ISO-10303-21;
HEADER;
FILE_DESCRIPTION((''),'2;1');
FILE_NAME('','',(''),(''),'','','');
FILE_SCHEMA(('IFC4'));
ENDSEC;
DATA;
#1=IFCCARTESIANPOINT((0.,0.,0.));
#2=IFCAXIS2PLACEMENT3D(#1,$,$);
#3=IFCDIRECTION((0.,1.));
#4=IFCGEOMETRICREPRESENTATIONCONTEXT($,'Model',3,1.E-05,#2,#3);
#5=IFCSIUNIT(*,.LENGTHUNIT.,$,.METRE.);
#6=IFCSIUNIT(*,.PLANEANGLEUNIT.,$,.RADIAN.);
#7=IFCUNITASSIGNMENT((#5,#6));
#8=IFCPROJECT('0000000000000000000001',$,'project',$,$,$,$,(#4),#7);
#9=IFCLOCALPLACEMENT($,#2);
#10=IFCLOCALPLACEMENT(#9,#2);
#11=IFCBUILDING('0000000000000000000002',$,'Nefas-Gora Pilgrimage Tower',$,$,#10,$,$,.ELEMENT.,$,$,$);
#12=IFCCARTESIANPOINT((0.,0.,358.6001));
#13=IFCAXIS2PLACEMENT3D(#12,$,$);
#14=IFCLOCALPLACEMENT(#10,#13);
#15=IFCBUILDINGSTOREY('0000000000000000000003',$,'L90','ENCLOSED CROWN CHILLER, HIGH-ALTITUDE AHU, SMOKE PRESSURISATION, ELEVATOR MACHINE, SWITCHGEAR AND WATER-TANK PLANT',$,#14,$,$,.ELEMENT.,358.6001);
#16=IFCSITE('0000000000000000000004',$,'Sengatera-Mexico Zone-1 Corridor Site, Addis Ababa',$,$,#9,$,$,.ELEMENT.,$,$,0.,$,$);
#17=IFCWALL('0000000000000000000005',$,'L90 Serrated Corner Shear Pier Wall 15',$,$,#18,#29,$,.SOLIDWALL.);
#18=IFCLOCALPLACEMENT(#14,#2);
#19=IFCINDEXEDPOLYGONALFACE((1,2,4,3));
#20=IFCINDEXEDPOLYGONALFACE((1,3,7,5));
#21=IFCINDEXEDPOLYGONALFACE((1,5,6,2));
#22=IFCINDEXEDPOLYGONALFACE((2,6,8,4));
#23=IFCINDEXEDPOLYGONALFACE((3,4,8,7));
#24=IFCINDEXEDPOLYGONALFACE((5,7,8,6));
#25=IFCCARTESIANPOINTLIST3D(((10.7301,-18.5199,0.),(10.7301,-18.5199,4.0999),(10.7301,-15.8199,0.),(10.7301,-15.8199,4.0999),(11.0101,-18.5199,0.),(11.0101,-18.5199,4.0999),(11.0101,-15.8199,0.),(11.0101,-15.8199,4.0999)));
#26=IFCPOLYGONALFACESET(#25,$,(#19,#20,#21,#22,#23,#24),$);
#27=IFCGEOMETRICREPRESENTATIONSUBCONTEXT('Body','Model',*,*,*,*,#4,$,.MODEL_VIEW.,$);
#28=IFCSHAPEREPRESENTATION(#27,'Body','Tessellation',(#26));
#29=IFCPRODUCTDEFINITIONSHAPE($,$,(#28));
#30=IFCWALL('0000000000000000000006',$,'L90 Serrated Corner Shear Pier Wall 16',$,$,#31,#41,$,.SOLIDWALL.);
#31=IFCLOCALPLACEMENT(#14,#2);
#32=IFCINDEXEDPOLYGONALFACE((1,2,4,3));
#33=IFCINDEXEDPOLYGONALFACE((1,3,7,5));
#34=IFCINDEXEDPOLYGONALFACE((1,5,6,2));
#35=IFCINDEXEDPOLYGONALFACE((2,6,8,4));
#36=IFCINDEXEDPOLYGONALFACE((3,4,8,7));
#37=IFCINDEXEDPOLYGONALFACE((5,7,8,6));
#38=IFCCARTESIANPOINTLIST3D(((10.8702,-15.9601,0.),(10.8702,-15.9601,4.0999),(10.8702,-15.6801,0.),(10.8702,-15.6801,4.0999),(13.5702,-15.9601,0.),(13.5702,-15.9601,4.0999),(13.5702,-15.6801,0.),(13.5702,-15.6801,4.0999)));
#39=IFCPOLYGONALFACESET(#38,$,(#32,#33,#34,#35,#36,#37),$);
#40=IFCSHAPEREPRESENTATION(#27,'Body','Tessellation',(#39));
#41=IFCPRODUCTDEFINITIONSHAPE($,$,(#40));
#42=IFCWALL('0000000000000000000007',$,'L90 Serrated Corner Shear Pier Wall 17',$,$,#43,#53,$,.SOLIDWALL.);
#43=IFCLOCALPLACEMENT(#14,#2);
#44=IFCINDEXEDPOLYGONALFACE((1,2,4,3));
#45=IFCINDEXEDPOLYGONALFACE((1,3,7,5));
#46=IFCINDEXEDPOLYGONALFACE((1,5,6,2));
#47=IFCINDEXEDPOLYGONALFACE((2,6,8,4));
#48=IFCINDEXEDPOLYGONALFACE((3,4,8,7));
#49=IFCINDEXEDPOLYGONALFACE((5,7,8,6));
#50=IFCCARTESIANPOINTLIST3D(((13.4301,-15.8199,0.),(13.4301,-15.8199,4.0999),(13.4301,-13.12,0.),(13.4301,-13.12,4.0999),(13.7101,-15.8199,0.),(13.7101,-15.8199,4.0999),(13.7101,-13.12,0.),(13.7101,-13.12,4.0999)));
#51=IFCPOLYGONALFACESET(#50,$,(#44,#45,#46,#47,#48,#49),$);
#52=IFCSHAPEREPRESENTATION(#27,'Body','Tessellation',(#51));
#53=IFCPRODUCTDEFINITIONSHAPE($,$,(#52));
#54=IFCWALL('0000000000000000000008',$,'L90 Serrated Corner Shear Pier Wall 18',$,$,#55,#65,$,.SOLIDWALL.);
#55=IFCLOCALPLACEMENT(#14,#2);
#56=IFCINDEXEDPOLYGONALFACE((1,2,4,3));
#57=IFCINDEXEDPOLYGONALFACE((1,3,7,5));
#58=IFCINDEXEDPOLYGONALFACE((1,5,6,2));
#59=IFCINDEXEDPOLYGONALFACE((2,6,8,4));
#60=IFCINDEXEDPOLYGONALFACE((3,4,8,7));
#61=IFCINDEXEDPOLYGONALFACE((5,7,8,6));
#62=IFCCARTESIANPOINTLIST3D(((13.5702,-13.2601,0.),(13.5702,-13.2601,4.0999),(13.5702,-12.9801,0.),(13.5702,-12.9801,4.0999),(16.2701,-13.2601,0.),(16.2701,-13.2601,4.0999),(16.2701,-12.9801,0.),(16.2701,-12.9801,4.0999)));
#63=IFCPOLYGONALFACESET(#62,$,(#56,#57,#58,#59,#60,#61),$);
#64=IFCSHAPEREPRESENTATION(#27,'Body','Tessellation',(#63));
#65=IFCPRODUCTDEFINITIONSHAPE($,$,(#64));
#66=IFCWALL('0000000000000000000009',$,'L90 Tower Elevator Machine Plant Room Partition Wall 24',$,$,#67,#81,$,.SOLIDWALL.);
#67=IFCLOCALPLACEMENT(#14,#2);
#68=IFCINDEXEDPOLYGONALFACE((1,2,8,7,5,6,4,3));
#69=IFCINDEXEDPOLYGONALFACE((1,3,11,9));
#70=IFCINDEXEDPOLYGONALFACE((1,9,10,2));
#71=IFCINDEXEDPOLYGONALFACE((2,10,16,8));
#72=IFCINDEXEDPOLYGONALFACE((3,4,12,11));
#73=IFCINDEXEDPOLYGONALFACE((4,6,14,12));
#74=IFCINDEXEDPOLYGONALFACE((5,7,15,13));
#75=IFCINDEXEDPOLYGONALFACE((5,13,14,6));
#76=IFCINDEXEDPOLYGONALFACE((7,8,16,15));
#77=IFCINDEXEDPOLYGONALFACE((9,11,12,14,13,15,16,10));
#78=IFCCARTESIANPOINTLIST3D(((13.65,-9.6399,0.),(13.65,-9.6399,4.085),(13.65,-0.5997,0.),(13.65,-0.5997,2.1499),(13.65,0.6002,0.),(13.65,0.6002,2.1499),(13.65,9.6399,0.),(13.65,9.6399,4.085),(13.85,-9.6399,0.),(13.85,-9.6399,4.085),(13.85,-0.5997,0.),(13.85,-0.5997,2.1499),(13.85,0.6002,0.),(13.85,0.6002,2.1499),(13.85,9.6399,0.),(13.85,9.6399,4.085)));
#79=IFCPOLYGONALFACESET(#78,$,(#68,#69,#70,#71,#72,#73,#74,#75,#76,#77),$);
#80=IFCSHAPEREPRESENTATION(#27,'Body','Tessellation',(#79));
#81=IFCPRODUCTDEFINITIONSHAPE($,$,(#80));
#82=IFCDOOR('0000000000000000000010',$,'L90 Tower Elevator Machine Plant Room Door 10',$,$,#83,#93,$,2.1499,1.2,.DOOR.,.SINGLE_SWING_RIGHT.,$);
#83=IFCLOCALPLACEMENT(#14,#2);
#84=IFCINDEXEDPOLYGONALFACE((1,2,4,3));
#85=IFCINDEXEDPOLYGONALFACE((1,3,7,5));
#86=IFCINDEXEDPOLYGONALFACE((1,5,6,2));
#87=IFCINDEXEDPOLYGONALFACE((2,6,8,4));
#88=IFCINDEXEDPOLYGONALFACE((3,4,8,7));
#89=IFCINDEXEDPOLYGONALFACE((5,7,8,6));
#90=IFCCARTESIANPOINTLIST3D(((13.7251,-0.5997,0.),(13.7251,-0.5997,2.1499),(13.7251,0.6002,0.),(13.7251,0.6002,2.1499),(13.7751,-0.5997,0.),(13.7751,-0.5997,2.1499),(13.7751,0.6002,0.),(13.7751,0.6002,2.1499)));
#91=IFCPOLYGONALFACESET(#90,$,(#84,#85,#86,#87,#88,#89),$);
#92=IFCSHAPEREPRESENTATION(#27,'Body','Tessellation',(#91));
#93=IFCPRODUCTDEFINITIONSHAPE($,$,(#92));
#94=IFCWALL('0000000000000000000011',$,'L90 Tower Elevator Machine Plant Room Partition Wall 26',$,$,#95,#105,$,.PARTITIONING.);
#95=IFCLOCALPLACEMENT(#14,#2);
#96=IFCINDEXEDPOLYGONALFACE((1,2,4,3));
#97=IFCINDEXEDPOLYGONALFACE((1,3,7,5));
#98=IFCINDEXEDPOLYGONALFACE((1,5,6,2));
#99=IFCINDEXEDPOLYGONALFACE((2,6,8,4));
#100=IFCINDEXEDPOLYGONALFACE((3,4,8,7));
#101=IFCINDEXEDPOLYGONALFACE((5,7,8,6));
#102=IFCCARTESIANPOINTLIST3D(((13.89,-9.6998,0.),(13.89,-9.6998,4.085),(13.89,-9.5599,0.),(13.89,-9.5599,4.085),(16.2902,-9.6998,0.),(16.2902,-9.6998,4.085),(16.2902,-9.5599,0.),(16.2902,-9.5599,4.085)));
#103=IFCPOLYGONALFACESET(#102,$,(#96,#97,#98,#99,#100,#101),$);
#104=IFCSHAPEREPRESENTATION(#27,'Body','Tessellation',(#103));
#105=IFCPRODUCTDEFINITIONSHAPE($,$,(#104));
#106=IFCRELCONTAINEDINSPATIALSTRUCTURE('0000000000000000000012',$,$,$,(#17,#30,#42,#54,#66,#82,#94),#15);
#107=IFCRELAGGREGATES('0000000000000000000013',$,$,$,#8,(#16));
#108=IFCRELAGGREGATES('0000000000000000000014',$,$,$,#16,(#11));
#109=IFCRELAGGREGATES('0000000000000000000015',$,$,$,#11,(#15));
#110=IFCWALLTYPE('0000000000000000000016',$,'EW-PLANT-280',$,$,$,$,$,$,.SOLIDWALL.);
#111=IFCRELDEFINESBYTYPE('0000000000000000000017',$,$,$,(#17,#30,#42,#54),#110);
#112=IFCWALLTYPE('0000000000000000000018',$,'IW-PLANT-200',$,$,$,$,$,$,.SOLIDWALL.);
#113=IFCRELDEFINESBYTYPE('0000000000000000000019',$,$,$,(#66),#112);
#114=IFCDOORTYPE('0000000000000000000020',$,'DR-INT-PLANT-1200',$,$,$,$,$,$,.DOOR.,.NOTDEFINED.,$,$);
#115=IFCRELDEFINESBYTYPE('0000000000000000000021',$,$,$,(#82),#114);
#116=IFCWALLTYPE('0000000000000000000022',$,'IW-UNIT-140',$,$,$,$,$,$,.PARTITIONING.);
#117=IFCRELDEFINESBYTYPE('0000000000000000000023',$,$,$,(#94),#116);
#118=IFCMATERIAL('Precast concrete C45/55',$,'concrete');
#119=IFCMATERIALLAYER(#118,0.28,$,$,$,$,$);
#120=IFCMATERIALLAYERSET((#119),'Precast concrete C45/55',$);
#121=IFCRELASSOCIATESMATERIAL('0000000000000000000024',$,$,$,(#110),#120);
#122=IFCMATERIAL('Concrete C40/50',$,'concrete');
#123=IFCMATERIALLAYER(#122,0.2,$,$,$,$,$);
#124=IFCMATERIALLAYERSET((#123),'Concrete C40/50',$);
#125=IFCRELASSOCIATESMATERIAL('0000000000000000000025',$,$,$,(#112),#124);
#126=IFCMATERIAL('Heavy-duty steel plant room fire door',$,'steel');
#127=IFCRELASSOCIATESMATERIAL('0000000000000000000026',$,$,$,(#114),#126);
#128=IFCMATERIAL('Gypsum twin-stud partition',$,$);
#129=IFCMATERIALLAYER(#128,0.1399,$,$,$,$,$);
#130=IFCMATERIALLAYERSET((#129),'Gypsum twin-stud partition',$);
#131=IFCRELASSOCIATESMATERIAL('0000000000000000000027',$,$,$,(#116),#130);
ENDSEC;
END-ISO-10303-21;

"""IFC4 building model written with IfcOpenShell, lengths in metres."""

from ifc_helpers import new_model, si_unit, direction, frame, frame_2d, origin, place, context, subcontext, project, spatial, rectangle, extrude, source, transform, mapped, material, layer, layer_set, type_object, element, fill, save


model = new_model("IFC4")

# Units and contexts
model_context = context("Model", 3, precision=1e-05, world=origin(), true_north=direction((0.0, 1.0)))
body_context = subcontext(model_context, "Body", "Model", "MODEL_VIEW")
ifc_project = project(units=[si_unit("LENGTHUNIT", "METRE"), si_unit("PLANEANGLEUNIT", "RADIAN")], contexts=[model_context])

# Site, building, storey
site_placement = place(None, origin())
site = spatial("IfcSite", under=ifc_project, at=site_placement, Name="Sengatera-Mexico Zone-1 Corridor Site, Addis Ababa", CompositionType="ELEMENT", RefElevation=0.0)
building_placement = place(site_placement, origin())
building = spatial("IfcBuilding", under=site, at=building_placement, Name="Nefas-Gora Pilgrimage Tower", CompositionType="ELEMENT")
storey_placement = place(building_placement, frame((0.0, 0.0, 358.6001)))
storey = spatial("IfcBuildingStorey", under=building, at=storey_placement, Name="L90", Description="ENCLOSED CROWN CHILLER, HIGH-ALTITUDE AHU, SMOKE PRESSURISATION, ELEVATOR MACHINE, SWITCHGEAR AND WATER-TANK PLANT", CompositionType="ELEMENT", Elevation=358.6001)

# Walls
ifc_material_1 = material(Name="Precast concrete C45/55", Category="concrete")
ifc_layer_1 = layer(ifc_material_1, 0.28)
ifc_layer_set_1 = layer_set([ifc_layer_1], Name="Precast concrete C45/55")
wall_type_1 = type_object("IfcWallType", Name="EW-PLANT-280", PredefinedType="SOLIDWALL", material=ifc_layer_set_1)
shared_shape_1 = source(origin(), body_context, "Body", "SweptSolid", [
    extrude(rectangle(XDim=2.7, YDim=0.28, at=frame_2d((1.3501, 0.0))), origin(), (0.0, 0.0, 1.0), 4.0999),
])
for number, where, z_axis, x_axis, name in (
    (1, (10.8701, -18.52, 0.0), (0.0, 0.0, 1.0), (0.0, 1.0, 0.0), "L90 Serrated Corner Shear Pier Wall 15"),
    (2, (10.8701, -15.8201, 0.0), (0.0, 0.0, 1.0), (1.0, 0.0, 0.0), "L90 Serrated Corner Shear Pier Wall 16"),
    (3, (13.5701, -15.8201, 0.0), (0.0, 0.0, 1.0), (0.0, 1.0, 0.0), "L90 Serrated Corner Shear Pier Wall 17"),
    (4, (13.5701, -13.1201, 0.0), (0.0, 0.0, 1.0), (1.0, 0.0, 0.0), "L90 Serrated Corner Shear Pier Wall 18"),
):
    element("IfcWall", number, at=place(storey_placement, frame(where, z_axis=z_axis, x_axis=x_axis)), inside=storey, type_object=wall_type_1, Name=name, PredefinedType="SOLIDWALL", context=body_context, shape_type="MappedRepresentation", body=[
        mapped(shared_shape_1, transform((0.0, 0.0, 0.0), x_axis=(1.0, 0.0, 0.0), y_axis=(0.0, 1.0, 0.0), z_axis=(0.0, 0.0, 1.0), scale=1.0)),
    ])

# Wall, opening, door
ifc_material_2 = material(Name="Concrete C40/50", Category="concrete")
ifc_layer_2 = layer(ifc_material_2, 0.2)
ifc_layer_set_2 = layer_set([ifc_layer_2], Name="Concrete C40/50")
wall_type_2 = type_object("IfcWallType", Name="IW-PLANT-200", PredefinedType="SOLIDWALL", material=ifc_layer_set_2)
shared_shape_2 = source(origin(), body_context, "Body", "SweptSolid", [
    extrude(rectangle(XDim=19.2798, YDim=0.2, at=frame_2d((9.6399, 0.0))), origin(), (0.0, 0.0, 1.0), 4.085),
])
wall_1_placement = place(storey_placement, frame((13.75, -9.6399, 0.0), z_axis=(0.0, 0.0, 1.0), x_axis=(0.0, 1.0, 0.0)))
wall_1 = element("IfcWall", 5, at=wall_1_placement, inside=storey, type_object=wall_type_2, Name="L90 Tower Elevator Machine Plant Room Partition Wall 24", PredefinedType="SOLIDWALL", context=body_context, shape_type="MappedRepresentation", body=[
    mapped(shared_shape_2, transform((0.0, 0.0, 0.0), x_axis=(1.0, 0.0, 0.0), y_axis=(0.0, 1.0, 0.0), z_axis=(0.0, 0.0, 1.0), scale=1.0)),
])
opening_placement = place(wall_1_placement, frame((9.04, 0.0, 0.0)))
opening = element("IfcOpeningElement", 6, at=opening_placement, cuts=wall_1, PredefinedType="OPENING", context=body_context, shape_type="SweptSolid", body=[
    extrude(rectangle(XDim=1.2, YDim=2.1499, at=frame_2d((0.6001, 1.075))), frame((0.0, 0.1099, 0.0), z_axis=(0.0, -1.0, 0.0), x_axis=(1.0, 0.0, 0.0)), (0.0, 0.0, 1.0), 0.22),
])
ifc_material_3 = material(Name="Heavy-duty steel plant room fire door", Category="steel")
door_type = type_object("IfcDoorType", Name="DR-INT-PLANT-1200", OperationType="NOTDEFINED", PredefinedType="DOOR", material=ifc_material_3)
shared_shape_3 = source(origin(), body_context, "Body", "SweptSolid", [
    extrude(rectangle(XDim=1.2, YDim=2.1499, at=frame_2d((0.6001, 1.075))), frame((0.0, 0.0249, 0.0), z_axis=(0.0, -1.0, 0.0), x_axis=(1.0, 0.0, 0.0)), (0.0, 0.0, 1.0), 0.05),
])
door_placement = place(opening_placement, origin())
door = element("IfcDoor", 7, at=door_placement, inside=storey, type_object=door_type, Name="L90 Tower Elevator Machine Plant Room Door 10", OperationType="SINGLE_SWING_RIGHT", OverallHeight=2.1499, OverallWidth=1.2, PredefinedType="DOOR", context=body_context, shape_type="MappedRepresentation", body=[
    mapped(shared_shape_3, transform((0.0, 0.0, 0.0), x_axis=(1.0, 0.0, 0.0), y_axis=(0.0, 1.0, 0.0), z_axis=(0.0, 0.0, 1.0), scale=1.0)),
])
fill(opening, door)

# Wall
ifc_material_4 = material(Name="Gypsum twin-stud partition")
ifc_layer_3 = layer(ifc_material_4, 0.1399)
ifc_layer_set_3 = layer_set([ifc_layer_3], Name="Gypsum twin-stud partition")
wall_type_3 = type_object("IfcWallType", Name="IW-UNIT-140", PredefinedType="PARTITIONING", material=ifc_layer_set_3)
shared_shape_4 = source(origin(), body_context, "Body", "SweptSolid", [
    extrude(rectangle(XDim=2.4001, YDim=0.1399, at=frame_2d((1.2002, 0.0))), origin(), (0.0, 0.0, 1.0), 4.085),
])
wall_2_placement = place(storey_placement, frame((13.8899, -9.6299, 0.0), z_axis=(0.0, 0.0, 1.0), x_axis=(1.0, 0.0, 0.0)))
element("IfcWall", 8, at=wall_2_placement, inside=storey, type_object=wall_type_3, Name="L90 Tower Elevator Machine Plant Room Partition Wall 26", PredefinedType="PARTITIONING", context=body_context, shape_type="MappedRepresentation", body=[
    mapped(shared_shape_4, transform((0.0, 0.0, 0.0), x_axis=(1.0, 0.0, 0.0), y_axis=(0.0, 1.0, 0.0), z_axis=(0.0, 0.0, 1.0), scale=1.0)),
])

save(model, "model.ifc")
